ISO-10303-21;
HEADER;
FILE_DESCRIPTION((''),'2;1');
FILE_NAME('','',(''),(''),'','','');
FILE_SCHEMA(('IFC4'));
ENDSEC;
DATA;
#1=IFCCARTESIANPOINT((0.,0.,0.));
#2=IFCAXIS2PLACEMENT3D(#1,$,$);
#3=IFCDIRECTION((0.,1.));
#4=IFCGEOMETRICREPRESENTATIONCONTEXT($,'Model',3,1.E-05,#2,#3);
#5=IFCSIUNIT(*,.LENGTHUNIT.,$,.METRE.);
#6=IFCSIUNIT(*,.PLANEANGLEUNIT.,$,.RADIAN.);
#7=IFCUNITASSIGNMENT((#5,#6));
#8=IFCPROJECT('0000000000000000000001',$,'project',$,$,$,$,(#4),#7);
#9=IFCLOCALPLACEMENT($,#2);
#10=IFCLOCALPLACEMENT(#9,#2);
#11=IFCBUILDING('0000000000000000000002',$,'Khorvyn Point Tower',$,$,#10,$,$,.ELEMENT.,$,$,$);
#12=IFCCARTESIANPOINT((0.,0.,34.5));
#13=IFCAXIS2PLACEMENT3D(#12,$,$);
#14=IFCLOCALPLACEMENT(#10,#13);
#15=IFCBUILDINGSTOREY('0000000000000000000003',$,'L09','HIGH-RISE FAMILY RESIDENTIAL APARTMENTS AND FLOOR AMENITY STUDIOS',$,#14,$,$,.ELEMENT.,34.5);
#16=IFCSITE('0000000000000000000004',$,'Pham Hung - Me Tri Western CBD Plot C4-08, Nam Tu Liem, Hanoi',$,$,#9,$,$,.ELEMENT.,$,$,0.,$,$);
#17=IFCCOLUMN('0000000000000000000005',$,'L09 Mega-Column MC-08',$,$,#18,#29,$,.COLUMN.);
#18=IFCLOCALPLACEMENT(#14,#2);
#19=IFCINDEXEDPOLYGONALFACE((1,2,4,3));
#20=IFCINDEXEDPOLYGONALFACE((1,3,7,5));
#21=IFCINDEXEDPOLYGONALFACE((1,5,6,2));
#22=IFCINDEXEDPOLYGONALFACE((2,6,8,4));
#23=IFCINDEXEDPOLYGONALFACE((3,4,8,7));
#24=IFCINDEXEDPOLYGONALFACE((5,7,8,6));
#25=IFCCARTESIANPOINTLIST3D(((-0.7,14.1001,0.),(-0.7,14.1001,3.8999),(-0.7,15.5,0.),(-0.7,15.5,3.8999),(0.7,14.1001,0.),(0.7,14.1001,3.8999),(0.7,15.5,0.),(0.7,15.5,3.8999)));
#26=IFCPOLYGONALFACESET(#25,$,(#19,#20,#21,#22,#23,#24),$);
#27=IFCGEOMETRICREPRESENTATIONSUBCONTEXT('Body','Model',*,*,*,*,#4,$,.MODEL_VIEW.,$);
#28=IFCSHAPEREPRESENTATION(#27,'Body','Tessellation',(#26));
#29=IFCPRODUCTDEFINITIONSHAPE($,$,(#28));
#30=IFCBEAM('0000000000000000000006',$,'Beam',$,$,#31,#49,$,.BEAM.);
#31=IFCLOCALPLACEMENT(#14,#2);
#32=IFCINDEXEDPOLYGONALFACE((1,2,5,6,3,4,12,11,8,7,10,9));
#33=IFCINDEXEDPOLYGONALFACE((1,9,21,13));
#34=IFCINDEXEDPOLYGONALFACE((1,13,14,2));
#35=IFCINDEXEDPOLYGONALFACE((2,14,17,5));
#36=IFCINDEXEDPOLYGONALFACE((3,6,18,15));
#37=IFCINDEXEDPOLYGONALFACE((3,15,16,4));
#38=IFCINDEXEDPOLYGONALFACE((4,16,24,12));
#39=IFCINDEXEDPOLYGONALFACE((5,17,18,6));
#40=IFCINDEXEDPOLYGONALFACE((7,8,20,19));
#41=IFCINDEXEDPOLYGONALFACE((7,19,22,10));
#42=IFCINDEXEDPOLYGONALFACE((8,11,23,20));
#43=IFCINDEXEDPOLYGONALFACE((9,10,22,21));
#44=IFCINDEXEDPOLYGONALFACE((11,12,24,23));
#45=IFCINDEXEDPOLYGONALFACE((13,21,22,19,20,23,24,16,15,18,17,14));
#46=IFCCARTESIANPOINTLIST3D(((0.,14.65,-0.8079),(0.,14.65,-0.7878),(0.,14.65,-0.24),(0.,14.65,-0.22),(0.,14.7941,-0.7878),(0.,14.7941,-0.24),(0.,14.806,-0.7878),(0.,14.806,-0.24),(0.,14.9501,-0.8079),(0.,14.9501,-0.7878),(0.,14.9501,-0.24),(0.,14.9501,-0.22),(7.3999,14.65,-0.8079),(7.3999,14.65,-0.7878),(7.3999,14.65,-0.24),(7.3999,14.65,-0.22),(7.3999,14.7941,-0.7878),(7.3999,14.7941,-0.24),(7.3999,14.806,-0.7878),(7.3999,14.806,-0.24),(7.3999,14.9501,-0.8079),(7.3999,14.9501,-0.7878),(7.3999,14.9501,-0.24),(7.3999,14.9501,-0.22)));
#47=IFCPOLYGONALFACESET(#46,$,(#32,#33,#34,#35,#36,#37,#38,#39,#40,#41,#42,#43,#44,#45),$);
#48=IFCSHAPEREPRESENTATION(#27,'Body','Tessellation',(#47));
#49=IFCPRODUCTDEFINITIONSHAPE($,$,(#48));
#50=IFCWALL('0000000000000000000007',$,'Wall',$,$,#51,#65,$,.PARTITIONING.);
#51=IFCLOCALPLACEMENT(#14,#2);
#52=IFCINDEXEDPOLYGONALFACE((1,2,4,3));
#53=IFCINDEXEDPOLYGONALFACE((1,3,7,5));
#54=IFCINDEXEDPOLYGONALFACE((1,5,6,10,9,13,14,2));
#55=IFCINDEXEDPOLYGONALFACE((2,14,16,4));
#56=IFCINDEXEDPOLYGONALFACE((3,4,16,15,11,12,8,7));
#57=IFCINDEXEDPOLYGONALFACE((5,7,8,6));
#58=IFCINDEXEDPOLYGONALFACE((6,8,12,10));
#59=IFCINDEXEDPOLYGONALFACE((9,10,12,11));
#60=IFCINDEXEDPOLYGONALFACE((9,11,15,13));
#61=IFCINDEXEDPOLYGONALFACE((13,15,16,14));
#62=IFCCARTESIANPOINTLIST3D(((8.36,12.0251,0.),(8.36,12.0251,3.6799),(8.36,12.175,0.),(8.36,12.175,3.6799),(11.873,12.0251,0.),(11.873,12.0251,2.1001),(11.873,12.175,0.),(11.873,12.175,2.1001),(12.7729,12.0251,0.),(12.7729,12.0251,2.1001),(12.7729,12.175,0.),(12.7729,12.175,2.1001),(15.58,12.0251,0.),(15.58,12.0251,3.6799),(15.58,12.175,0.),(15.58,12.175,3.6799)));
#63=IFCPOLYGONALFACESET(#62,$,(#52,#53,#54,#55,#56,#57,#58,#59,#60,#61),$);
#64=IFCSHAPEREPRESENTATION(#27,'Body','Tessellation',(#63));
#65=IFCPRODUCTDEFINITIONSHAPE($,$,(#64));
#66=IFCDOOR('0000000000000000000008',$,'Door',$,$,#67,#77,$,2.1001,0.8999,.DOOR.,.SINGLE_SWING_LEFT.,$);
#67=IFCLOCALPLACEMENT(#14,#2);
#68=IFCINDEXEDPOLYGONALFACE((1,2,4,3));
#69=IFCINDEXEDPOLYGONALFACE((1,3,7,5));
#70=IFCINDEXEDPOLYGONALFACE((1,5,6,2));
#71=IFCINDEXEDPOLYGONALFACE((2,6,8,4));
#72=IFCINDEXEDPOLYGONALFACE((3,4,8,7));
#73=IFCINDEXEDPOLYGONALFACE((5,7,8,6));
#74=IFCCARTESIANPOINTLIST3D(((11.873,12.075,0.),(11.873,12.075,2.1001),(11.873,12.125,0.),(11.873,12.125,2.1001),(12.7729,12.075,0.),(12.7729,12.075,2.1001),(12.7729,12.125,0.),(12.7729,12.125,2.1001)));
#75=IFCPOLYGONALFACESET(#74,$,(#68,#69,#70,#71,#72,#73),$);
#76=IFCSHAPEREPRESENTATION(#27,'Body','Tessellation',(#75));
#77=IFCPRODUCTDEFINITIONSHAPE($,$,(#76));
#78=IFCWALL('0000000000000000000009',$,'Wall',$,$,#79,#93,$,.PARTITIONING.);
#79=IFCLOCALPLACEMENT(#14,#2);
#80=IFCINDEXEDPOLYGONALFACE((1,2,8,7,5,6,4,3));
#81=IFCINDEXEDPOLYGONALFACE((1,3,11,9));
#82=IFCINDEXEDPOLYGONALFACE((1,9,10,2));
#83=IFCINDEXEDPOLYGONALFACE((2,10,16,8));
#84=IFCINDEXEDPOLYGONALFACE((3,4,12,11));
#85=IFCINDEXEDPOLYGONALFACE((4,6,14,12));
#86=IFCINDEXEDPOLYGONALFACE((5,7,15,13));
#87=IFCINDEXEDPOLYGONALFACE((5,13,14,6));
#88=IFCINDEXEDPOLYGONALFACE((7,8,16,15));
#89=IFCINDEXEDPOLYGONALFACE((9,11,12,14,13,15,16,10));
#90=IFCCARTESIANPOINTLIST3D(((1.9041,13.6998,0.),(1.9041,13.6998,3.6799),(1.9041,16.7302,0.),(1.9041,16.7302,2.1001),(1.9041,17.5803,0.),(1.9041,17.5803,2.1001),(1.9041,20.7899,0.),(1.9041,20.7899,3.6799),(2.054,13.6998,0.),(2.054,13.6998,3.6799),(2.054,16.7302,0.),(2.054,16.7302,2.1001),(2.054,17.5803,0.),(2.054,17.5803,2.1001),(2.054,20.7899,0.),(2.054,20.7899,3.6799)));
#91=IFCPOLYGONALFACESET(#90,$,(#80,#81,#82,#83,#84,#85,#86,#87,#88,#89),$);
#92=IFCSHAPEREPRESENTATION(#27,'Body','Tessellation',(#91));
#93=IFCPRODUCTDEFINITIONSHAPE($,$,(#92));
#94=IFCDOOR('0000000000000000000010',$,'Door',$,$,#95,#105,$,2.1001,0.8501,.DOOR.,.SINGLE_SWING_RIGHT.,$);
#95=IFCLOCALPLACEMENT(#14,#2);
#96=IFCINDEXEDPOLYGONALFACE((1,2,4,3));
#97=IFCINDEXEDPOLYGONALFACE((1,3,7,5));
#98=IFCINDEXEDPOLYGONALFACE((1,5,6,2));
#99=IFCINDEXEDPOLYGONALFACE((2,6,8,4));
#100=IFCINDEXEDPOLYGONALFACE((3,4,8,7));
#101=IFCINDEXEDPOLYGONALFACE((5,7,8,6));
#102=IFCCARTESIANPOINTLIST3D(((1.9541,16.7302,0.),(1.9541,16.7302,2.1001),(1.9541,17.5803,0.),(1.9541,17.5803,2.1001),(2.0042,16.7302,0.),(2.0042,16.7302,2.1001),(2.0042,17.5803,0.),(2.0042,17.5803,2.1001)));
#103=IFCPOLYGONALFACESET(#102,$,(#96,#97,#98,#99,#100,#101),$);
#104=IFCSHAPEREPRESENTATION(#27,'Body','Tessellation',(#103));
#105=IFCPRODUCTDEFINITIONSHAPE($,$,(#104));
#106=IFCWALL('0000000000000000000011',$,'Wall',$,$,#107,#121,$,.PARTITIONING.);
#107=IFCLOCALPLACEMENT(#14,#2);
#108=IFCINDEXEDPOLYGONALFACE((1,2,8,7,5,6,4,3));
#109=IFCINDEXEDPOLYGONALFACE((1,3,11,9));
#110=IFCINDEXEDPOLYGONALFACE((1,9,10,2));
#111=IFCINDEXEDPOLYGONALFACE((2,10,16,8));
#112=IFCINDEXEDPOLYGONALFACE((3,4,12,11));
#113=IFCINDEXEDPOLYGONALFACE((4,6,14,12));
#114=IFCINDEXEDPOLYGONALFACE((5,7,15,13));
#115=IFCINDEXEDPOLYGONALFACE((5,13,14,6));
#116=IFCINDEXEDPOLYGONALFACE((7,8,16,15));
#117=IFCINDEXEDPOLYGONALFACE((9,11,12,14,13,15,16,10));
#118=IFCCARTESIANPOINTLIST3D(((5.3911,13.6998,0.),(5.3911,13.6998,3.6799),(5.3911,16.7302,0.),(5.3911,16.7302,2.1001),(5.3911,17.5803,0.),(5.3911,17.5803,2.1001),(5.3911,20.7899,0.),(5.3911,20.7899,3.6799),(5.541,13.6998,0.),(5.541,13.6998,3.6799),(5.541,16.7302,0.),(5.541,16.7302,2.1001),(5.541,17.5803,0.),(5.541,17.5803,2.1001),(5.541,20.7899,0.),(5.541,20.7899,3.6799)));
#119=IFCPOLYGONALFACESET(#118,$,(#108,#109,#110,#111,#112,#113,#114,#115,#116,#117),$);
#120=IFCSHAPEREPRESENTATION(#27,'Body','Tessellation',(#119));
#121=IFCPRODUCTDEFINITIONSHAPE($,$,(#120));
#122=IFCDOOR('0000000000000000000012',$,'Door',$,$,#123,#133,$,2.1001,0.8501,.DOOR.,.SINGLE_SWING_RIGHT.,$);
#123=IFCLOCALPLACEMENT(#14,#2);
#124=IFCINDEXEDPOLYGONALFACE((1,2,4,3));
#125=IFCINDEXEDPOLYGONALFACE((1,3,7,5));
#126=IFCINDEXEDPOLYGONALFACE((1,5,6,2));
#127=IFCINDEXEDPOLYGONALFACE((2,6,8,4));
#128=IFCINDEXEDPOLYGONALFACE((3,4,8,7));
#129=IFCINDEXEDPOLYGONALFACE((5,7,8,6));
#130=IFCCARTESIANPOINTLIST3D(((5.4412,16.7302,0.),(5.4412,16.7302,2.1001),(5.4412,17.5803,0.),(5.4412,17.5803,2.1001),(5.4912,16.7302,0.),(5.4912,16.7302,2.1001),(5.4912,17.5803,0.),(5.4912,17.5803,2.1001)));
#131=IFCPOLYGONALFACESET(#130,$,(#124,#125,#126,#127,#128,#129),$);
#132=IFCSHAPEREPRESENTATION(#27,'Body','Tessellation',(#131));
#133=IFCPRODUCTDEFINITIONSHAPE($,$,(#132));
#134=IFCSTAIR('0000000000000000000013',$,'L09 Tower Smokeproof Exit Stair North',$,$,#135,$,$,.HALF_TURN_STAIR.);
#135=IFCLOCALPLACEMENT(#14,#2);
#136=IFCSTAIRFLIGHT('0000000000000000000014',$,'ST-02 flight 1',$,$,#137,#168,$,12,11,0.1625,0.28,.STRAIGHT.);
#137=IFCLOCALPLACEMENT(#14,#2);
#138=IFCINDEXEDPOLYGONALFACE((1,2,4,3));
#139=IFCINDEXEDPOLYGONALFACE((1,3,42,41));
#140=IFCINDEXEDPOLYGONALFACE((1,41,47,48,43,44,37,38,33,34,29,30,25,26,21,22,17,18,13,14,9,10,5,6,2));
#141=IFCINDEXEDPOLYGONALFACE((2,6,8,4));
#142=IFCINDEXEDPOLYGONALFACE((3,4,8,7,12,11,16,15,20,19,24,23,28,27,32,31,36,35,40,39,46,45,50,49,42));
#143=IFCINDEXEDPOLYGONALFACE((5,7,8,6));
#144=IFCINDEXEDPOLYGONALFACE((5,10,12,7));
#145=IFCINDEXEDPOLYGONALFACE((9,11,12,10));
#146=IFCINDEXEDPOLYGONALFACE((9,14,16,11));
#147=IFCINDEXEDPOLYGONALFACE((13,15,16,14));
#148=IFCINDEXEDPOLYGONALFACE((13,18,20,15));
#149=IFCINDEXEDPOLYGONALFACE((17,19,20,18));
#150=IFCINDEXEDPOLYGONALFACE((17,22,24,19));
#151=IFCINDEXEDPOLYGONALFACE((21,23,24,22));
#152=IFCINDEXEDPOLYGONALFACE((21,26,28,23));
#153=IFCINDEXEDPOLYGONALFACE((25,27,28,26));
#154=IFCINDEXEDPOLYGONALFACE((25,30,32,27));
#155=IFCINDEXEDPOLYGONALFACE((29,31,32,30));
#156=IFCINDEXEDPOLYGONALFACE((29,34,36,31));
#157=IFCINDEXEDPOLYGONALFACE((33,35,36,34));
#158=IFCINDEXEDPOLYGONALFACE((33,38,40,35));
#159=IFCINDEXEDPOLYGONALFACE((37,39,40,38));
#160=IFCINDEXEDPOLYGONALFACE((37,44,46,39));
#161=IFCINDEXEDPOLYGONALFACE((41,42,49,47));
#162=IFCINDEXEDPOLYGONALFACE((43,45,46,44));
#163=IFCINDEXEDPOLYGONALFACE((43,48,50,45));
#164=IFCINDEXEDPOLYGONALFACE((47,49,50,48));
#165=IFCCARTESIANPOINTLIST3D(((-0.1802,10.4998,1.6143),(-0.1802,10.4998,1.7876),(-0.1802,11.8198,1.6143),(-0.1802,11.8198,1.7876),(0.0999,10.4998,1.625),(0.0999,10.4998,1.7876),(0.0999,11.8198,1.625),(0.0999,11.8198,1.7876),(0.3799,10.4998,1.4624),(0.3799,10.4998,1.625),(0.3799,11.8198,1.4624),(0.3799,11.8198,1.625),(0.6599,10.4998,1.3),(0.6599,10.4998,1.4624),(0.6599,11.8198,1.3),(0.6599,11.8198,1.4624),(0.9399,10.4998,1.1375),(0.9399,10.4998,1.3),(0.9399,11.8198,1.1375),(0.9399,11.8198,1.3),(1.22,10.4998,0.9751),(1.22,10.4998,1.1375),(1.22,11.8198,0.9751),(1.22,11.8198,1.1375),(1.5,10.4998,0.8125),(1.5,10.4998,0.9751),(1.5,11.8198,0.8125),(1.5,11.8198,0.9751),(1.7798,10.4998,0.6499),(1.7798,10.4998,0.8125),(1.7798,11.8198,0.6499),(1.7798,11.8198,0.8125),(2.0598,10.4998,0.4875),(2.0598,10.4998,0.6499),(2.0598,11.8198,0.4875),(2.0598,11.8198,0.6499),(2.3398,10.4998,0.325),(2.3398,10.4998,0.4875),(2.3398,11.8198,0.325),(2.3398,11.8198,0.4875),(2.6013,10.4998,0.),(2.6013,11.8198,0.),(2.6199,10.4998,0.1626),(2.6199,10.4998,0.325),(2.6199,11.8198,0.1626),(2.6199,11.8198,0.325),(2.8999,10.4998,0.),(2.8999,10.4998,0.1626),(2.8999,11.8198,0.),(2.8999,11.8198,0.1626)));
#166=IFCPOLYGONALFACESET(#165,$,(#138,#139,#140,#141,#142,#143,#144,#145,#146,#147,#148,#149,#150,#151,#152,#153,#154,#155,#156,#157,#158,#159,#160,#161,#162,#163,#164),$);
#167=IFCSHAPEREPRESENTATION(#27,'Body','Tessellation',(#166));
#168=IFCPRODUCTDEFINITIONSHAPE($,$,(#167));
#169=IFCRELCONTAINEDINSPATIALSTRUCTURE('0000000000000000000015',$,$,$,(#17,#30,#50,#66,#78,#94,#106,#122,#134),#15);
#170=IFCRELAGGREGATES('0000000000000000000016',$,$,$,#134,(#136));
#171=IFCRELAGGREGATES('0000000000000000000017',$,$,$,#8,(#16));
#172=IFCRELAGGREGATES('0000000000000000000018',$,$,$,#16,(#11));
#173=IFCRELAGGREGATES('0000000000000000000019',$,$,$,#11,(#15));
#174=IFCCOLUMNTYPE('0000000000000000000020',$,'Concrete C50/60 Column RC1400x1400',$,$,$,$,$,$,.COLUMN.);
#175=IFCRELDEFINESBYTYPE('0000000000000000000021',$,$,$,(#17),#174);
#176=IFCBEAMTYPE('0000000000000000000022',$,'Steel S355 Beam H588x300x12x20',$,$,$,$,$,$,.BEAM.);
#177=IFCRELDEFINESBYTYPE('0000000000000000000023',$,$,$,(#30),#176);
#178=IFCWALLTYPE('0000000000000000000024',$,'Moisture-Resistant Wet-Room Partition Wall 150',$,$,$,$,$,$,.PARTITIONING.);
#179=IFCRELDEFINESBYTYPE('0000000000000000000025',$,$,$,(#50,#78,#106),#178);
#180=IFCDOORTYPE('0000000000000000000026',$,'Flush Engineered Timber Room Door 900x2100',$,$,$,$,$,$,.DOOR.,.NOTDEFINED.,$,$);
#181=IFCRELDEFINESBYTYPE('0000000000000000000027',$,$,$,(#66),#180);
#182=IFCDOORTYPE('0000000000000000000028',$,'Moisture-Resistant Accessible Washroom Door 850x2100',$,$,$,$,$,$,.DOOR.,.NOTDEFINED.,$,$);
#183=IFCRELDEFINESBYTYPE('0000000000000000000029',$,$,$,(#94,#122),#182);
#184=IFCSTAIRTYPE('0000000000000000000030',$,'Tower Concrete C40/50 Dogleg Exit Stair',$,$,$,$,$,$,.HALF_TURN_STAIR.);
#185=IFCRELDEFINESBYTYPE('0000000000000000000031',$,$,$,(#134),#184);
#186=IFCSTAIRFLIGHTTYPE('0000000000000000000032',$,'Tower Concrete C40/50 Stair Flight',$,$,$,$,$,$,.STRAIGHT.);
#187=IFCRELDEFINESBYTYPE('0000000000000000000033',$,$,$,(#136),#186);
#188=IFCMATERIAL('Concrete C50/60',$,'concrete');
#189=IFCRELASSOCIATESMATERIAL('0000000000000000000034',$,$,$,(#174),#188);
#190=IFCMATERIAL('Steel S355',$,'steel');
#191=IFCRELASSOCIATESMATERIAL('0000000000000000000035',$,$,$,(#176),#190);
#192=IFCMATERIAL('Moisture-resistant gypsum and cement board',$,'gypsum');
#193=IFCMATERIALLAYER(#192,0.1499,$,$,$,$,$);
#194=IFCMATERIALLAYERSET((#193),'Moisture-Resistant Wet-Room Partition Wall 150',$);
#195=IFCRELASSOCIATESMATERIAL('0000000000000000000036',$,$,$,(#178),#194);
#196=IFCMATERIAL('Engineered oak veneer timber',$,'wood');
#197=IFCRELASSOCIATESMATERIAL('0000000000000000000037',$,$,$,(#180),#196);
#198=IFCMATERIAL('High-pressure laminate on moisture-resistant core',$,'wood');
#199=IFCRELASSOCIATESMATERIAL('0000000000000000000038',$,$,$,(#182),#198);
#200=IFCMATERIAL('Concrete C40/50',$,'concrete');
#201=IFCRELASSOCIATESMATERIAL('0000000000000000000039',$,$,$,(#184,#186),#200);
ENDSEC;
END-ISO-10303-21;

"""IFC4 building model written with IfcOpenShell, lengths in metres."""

from ifc_helpers import new_model, si_unit, direction, frame, frame_2d, origin, origin_2d, place, context, subcontext, project, spatial, polyline, rectangle, i_section, outline, extrude, material, layer, layer_set, material_profile, profile_set, type_object, element, fill, aggregate, save


model = new_model("IFC4")

# Units and contexts
model_context = context("Model", 3, precision=1e-05, world=origin(), true_north=direction((0.0, 1.0)))
body_context = subcontext(model_context, "Body", "Model", "MODEL_VIEW")
ifc_project = project(units=[si_unit("LENGTHUNIT", "METRE"), si_unit("PLANEANGLEUNIT", "RADIAN")], contexts=[model_context])

# Site, building, storey
site_placement = place(None, origin())
site = spatial("IfcSite", under=ifc_project, at=site_placement, Name="Pham Hung - Me Tri Western CBD Plot C4-08, Nam Tu Liem, Hanoi", CompositionType="ELEMENT", RefElevation=0.0)
building_placement = place(site_placement, origin())
building = spatial("IfcBuilding", under=site, at=building_placement, Name="Khorvyn Point Tower", CompositionType="ELEMENT")
storey_placement = place(building_placement, frame((0.0, 0.0, 34.5)))
storey = spatial("IfcBuildingStorey", under=building, at=storey_placement, Name="L09", Description="HIGH-RISE FAMILY RESIDENTIAL APARTMENTS AND FLOOR AMENITY STUDIOS", CompositionType="ELEMENT", Elevation=34.5)

# Column
ifc_material_1 = material(Name="Concrete C50/60", Category="concrete")
ifc_material_profile_1 = material_profile(ifc_material_1, rectangle(XDim=1.3999, YDim=1.3999, at=origin_2d()))
ifc_profile_set_1 = profile_set([ifc_material_profile_1], Name="Concrete C50/60 RC1400x1400")
column_type = type_object("IfcColumnType", Name="Concrete C50/60 Column RC1400x1400", PredefinedType="COLUMN", material=ifc_profile_set_1)
column_placement = place(storey_placement, frame((0.0, 14.8, 0.0), z_axis=(0.0, 0.0, 1.0), x_axis=(1.0, 0.0, 0.0)))
element("IfcColumn", 1, at=column_placement, inside=storey, type_object=column_type, Name="L09 Mega-Column MC-08", PredefinedType="COLUMN", context=body_context, shape_type="SweptSolid", body=[
    extrude(rectangle(XDim=1.3999, YDim=1.3999, at=origin_2d()), origin(), (0.0, 0.0, 1.0), 3.8999),
])

# Beam
ifc_material_2 = material(Name="Steel S355", Category="steel")
ifc_material_profile_2 = material_profile(ifc_material_2, i_section(OverallWidth=0.3, OverallDepth=0.5879, WebThickness=0.012, FlangeThickness=0.02, at=origin_2d()))
ifc_profile_set_2 = profile_set([ifc_material_profile_2], Name="Steel S355 H588x300x12x20")
beam_type = type_object("IfcBeamType", Name="Steel S355 Beam H588x300x12x20", PredefinedType="BEAM", material=ifc_profile_set_2)
beam_placement = place(storey_placement, frame((0.0, 14.8, -0.5139), z_axis=(1.0, 0.0, 0.0), x_axis=(0.0, 1.0, 0.0)))
element("IfcBeam", 2, at=beam_placement, inside=storey, type_object=beam_type, Name="Beam", PredefinedType="BEAM", context=body_context, shape_type="SweptSolid", body=[
    extrude(i_section(OverallWidth=0.3, OverallDepth=0.5879, WebThickness=0.012, FlangeThickness=0.02, at=origin_2d()), origin(), (0.0, 0.0, 1.0), 7.3999),
])

# Walls, openings, doors
ifc_material_3 = material(Name="Concrete C40/50", Category="concrete")
ifc_material_4 = material(Name="Moisture-resistant gypsum and cement board", Category="gypsum")
ifc_layer_1 = layer(ifc_material_4, 0.1499)
ifc_layer_set_1 = layer_set([ifc_layer_1], Name="Moisture-Resistant Wet-Room Partition Wall 150")
wall_type_1 = type_object("IfcWallType", Name="Moisture-Resistant Wet-Room Partition Wall 150", PredefinedType="PARTITIONING", material=ifc_layer_set_1)
wall_1_placement = place(storey_placement, frame((8.3601, 12.1001, 0.0), z_axis=(0.0, 0.0, 1.0), x_axis=(1.0, 0.0, 0.0)))
wall_1 = element("IfcWall", 3, at=wall_1_placement, inside=storey, type_object=wall_type_1, Name="Wall", PredefinedType="PARTITIONING", context=body_context, shape_type="SweptSolid", body=[
    extrude(rectangle(XDim=7.22, YDim=0.1499, at=frame_2d((3.6099, 0.0))), origin(), (0.0, 0.0, 1.0), 3.6799),
])
opening_1_placement = place(wall_1_placement, frame((3.5129, 0.0, 0.0)))
opening_1 = element("IfcOpeningElement", 4, at=opening_1_placement, cuts=wall_1, PredefinedType="OPENING", context=body_context, shape_type="SweptSolid", body=[
    extrude(rectangle(XDim=0.8999, YDim=2.1001, at=frame_2d((0.45, 1.05))), frame((0.0, 0.085, 0.0), z_axis=(0.0, -1.0, 0.0), x_axis=(1.0, 0.0, 0.0)), (0.0, 0.0, 1.0), 0.1699),
])
ifc_material_5 = material(Name="Engineered oak veneer timber", Category="wood")
door_type_1 = type_object("IfcDoorType", Name="Flush Engineered Timber Room Door 900x2100", OperationType="NOTDEFINED", PredefinedType="DOOR", material=ifc_material_5)
door_1_placement = place(opening_1_placement, origin())
door_1 = element("IfcDoor", 5, at=door_1_placement, inside=storey, type_object=door_type_1, Name="Door", OperationType="SINGLE_SWING_LEFT", OverallHeight=2.1001, OverallWidth=0.8999, PredefinedType="DOOR", context=body_context, shape_type="SweptSolid", body=[
    extrude(rectangle(XDim=0.8999, YDim=2.1001, at=frame_2d((0.45, 1.05))), frame((0.0, 0.0249, 0.0), z_axis=(0.0, -1.0, 0.0), x_axis=(1.0, 0.0, 0.0)), (0.0, 0.0, 1.0), 0.05),
])
fill(opening_1, door_1)
wall_2_placement = place(storey_placement, frame((1.979, 13.7, 0.0), z_axis=(0.0, 0.0, 1.0), x_axis=(0.0, 1.0, 0.0)))
wall_2 = element("IfcWall", 6, at=wall_2_placement, inside=storey, type_object=wall_type_1, Name="Wall", PredefinedType="PARTITIONING", context=body_context, shape_type="SweptSolid", body=[
    extrude(rectangle(XDim=7.0901, YDim=0.1499, at=frame_2d((3.5449, 0.0))), origin(), (0.0, 0.0, 1.0), 3.6799),
])
opening_2_placement = place(wall_2_placement, frame((3.0303, 0.0, 0.0)))
opening_2 = element("IfcOpeningElement", 7, at=opening_2_placement, cuts=wall_2, PredefinedType="OPENING", context=body_context, shape_type="SweptSolid", body=[
    extrude(rectangle(XDim=0.8501, YDim=2.1001, at=frame_2d((0.425, 1.05))), frame((0.0, 0.085, 0.0), z_axis=(0.0, -1.0, 0.0), x_axis=(1.0, 0.0, 0.0)), (0.0, 0.0, 1.0), 0.1699),
])
ifc_material_6 = material(Name="High-pressure laminate on moisture-resistant core", Category="wood")
door_type_2 = type_object("IfcDoorType", Name="Moisture-Resistant Accessible Washroom Door 850x2100", OperationType="NOTDEFINED", PredefinedType="DOOR", material=ifc_material_6)
door_2_placement = place(opening_2_placement, origin())
door_2 = element("IfcDoor", 8, at=door_2_placement, inside=storey, type_object=door_type_2, Name="Door", OperationType="SINGLE_SWING_RIGHT", OverallHeight=2.1001, OverallWidth=0.8501, PredefinedType="DOOR", context=body_context, shape_type="SweptSolid", body=[
    extrude(rectangle(XDim=0.8501, YDim=2.1001, at=frame_2d((0.425, 1.05))), frame((0.0, 0.0249, 0.0), z_axis=(0.0, -1.0, 0.0), x_axis=(1.0, 0.0, 0.0)), (0.0, 0.0, 1.0), 0.05),
])
fill(opening_2, door_2)
wall_3_placement = place(storey_placement, frame((5.4661, 13.7, 0.0), z_axis=(0.0, 0.0, 1.0), x_axis=(0.0, 1.0, 0.0)))
wall_3 = element("IfcWall", 9, at=wall_3_placement, inside=storey, type_object=wall_type_1, Name="Wall", PredefinedType="PARTITIONING", context=body_context, shape_type="SweptSolid", body=[
    extrude(rectangle(XDim=7.0901, YDim=0.1499, at=frame_2d((3.5449, 0.0))), origin(), (0.0, 0.0, 1.0), 3.6799),
])
opening_3_placement = place(wall_3_placement, frame((3.0303, 0.0, 0.0)))
opening_3 = element("IfcOpeningElement", 10, at=opening_3_placement, cuts=wall_3, PredefinedType="OPENING", context=body_context, shape_type="SweptSolid", body=[
    extrude(rectangle(XDim=0.8501, YDim=2.1001, at=frame_2d((0.425, 1.05))), frame((0.0, 0.085, 0.0), z_axis=(0.0, -1.0, 0.0), x_axis=(1.0, 0.0, 0.0)), (0.0, 0.0, 1.0), 0.1699),
])
door_3_placement = place(opening_3_placement, origin())
door_3 = element("IfcDoor", 11, at=door_3_placement, inside=storey, type_object=door_type_2, Name="Door", OperationType="SINGLE_SWING_RIGHT", OverallHeight=2.1001, OverallWidth=0.8501, PredefinedType="DOOR", context=body_context, shape_type="SweptSolid", body=[
    extrude(rectangle(XDim=0.8501, YDim=2.1001, at=frame_2d((0.425, 1.05))), frame((0.0, 0.0249, 0.0), z_axis=(0.0, -1.0, 0.0), x_axis=(1.0, 0.0, 0.0)), (0.0, 0.0, 1.0), 0.05),
])
fill(opening_3, door_3)

# Stair, stair flight
stair_type = type_object("IfcStairType", Name="Tower Concrete C40/50 Dogleg Exit Stair", PredefinedType="HALF_TURN_STAIR", material=ifc_material_3)
stair_placement = place(storey_placement, origin())
stair = element("IfcStair", 12, at=stair_placement, inside=storey, type_object=stair_type, Name="L09 Tower Smokeproof Exit Stair North", PredefinedType="HALF_TURN_STAIR")
stair_flight_type = type_object("IfcStairFlightType", Name="Tower Concrete C40/50 Stair Flight", PredefinedType="STRAIGHT", material=ifc_material_3)
stair_flight_1_placement = place(storey_placement, frame((2.8999, 11.1599, 0.0), z_axis=(0.0, 0.0, 1.0), x_axis=(-1.0, 0.0, 0.0)))
stair_flight_1 = element("IfcStairFlight", 13, at=stair_flight_1_placement, type_object=stair_flight_type, Name="ST-02 flight 1", NumberOfRisers=12, NumberOfTreads=11, PredefinedType="STRAIGHT", RiserHeight=0.1625, TreadLength=0.28, context=body_context, shape_type="SweptSolid", body=[
    extrude(outline(polyline([(0.0, 0.0), (0.0, 0.1626), (0.28, 0.1626), (0.28, 0.325), (0.5601, 0.325), (0.5601, 0.4875), (0.8401, 0.4875), (0.8401, 0.6499), (1.1201, 0.6499), (1.1201, 0.8125), (1.3999, 0.8125), (1.3999, 0.9751), (1.6799, 0.9751), (1.6799, 1.1375), (1.96, 1.1375), (1.96, 1.3), (2.24, 1.3), (2.24, 1.4624), (2.52, 1.4624), (2.52, 1.625), (2.8, 1.625), (2.8, 1.7876), (3.0801, 1.7876), (3.0801, 1.95), (3.0801, 1.6143), (0.2986, 0.0), (0.0, 0.0)])), frame((0.0, 0.6602, 0.0), z_axis=(0.0, -1.0, 0.0), x_axis=(1.0, 0.0, 0.0)), (0.0, 0.0, 1.0), 1.3201),
])
aggregate(stair, [stair_flight_1])

save(model, "model.ifc")
